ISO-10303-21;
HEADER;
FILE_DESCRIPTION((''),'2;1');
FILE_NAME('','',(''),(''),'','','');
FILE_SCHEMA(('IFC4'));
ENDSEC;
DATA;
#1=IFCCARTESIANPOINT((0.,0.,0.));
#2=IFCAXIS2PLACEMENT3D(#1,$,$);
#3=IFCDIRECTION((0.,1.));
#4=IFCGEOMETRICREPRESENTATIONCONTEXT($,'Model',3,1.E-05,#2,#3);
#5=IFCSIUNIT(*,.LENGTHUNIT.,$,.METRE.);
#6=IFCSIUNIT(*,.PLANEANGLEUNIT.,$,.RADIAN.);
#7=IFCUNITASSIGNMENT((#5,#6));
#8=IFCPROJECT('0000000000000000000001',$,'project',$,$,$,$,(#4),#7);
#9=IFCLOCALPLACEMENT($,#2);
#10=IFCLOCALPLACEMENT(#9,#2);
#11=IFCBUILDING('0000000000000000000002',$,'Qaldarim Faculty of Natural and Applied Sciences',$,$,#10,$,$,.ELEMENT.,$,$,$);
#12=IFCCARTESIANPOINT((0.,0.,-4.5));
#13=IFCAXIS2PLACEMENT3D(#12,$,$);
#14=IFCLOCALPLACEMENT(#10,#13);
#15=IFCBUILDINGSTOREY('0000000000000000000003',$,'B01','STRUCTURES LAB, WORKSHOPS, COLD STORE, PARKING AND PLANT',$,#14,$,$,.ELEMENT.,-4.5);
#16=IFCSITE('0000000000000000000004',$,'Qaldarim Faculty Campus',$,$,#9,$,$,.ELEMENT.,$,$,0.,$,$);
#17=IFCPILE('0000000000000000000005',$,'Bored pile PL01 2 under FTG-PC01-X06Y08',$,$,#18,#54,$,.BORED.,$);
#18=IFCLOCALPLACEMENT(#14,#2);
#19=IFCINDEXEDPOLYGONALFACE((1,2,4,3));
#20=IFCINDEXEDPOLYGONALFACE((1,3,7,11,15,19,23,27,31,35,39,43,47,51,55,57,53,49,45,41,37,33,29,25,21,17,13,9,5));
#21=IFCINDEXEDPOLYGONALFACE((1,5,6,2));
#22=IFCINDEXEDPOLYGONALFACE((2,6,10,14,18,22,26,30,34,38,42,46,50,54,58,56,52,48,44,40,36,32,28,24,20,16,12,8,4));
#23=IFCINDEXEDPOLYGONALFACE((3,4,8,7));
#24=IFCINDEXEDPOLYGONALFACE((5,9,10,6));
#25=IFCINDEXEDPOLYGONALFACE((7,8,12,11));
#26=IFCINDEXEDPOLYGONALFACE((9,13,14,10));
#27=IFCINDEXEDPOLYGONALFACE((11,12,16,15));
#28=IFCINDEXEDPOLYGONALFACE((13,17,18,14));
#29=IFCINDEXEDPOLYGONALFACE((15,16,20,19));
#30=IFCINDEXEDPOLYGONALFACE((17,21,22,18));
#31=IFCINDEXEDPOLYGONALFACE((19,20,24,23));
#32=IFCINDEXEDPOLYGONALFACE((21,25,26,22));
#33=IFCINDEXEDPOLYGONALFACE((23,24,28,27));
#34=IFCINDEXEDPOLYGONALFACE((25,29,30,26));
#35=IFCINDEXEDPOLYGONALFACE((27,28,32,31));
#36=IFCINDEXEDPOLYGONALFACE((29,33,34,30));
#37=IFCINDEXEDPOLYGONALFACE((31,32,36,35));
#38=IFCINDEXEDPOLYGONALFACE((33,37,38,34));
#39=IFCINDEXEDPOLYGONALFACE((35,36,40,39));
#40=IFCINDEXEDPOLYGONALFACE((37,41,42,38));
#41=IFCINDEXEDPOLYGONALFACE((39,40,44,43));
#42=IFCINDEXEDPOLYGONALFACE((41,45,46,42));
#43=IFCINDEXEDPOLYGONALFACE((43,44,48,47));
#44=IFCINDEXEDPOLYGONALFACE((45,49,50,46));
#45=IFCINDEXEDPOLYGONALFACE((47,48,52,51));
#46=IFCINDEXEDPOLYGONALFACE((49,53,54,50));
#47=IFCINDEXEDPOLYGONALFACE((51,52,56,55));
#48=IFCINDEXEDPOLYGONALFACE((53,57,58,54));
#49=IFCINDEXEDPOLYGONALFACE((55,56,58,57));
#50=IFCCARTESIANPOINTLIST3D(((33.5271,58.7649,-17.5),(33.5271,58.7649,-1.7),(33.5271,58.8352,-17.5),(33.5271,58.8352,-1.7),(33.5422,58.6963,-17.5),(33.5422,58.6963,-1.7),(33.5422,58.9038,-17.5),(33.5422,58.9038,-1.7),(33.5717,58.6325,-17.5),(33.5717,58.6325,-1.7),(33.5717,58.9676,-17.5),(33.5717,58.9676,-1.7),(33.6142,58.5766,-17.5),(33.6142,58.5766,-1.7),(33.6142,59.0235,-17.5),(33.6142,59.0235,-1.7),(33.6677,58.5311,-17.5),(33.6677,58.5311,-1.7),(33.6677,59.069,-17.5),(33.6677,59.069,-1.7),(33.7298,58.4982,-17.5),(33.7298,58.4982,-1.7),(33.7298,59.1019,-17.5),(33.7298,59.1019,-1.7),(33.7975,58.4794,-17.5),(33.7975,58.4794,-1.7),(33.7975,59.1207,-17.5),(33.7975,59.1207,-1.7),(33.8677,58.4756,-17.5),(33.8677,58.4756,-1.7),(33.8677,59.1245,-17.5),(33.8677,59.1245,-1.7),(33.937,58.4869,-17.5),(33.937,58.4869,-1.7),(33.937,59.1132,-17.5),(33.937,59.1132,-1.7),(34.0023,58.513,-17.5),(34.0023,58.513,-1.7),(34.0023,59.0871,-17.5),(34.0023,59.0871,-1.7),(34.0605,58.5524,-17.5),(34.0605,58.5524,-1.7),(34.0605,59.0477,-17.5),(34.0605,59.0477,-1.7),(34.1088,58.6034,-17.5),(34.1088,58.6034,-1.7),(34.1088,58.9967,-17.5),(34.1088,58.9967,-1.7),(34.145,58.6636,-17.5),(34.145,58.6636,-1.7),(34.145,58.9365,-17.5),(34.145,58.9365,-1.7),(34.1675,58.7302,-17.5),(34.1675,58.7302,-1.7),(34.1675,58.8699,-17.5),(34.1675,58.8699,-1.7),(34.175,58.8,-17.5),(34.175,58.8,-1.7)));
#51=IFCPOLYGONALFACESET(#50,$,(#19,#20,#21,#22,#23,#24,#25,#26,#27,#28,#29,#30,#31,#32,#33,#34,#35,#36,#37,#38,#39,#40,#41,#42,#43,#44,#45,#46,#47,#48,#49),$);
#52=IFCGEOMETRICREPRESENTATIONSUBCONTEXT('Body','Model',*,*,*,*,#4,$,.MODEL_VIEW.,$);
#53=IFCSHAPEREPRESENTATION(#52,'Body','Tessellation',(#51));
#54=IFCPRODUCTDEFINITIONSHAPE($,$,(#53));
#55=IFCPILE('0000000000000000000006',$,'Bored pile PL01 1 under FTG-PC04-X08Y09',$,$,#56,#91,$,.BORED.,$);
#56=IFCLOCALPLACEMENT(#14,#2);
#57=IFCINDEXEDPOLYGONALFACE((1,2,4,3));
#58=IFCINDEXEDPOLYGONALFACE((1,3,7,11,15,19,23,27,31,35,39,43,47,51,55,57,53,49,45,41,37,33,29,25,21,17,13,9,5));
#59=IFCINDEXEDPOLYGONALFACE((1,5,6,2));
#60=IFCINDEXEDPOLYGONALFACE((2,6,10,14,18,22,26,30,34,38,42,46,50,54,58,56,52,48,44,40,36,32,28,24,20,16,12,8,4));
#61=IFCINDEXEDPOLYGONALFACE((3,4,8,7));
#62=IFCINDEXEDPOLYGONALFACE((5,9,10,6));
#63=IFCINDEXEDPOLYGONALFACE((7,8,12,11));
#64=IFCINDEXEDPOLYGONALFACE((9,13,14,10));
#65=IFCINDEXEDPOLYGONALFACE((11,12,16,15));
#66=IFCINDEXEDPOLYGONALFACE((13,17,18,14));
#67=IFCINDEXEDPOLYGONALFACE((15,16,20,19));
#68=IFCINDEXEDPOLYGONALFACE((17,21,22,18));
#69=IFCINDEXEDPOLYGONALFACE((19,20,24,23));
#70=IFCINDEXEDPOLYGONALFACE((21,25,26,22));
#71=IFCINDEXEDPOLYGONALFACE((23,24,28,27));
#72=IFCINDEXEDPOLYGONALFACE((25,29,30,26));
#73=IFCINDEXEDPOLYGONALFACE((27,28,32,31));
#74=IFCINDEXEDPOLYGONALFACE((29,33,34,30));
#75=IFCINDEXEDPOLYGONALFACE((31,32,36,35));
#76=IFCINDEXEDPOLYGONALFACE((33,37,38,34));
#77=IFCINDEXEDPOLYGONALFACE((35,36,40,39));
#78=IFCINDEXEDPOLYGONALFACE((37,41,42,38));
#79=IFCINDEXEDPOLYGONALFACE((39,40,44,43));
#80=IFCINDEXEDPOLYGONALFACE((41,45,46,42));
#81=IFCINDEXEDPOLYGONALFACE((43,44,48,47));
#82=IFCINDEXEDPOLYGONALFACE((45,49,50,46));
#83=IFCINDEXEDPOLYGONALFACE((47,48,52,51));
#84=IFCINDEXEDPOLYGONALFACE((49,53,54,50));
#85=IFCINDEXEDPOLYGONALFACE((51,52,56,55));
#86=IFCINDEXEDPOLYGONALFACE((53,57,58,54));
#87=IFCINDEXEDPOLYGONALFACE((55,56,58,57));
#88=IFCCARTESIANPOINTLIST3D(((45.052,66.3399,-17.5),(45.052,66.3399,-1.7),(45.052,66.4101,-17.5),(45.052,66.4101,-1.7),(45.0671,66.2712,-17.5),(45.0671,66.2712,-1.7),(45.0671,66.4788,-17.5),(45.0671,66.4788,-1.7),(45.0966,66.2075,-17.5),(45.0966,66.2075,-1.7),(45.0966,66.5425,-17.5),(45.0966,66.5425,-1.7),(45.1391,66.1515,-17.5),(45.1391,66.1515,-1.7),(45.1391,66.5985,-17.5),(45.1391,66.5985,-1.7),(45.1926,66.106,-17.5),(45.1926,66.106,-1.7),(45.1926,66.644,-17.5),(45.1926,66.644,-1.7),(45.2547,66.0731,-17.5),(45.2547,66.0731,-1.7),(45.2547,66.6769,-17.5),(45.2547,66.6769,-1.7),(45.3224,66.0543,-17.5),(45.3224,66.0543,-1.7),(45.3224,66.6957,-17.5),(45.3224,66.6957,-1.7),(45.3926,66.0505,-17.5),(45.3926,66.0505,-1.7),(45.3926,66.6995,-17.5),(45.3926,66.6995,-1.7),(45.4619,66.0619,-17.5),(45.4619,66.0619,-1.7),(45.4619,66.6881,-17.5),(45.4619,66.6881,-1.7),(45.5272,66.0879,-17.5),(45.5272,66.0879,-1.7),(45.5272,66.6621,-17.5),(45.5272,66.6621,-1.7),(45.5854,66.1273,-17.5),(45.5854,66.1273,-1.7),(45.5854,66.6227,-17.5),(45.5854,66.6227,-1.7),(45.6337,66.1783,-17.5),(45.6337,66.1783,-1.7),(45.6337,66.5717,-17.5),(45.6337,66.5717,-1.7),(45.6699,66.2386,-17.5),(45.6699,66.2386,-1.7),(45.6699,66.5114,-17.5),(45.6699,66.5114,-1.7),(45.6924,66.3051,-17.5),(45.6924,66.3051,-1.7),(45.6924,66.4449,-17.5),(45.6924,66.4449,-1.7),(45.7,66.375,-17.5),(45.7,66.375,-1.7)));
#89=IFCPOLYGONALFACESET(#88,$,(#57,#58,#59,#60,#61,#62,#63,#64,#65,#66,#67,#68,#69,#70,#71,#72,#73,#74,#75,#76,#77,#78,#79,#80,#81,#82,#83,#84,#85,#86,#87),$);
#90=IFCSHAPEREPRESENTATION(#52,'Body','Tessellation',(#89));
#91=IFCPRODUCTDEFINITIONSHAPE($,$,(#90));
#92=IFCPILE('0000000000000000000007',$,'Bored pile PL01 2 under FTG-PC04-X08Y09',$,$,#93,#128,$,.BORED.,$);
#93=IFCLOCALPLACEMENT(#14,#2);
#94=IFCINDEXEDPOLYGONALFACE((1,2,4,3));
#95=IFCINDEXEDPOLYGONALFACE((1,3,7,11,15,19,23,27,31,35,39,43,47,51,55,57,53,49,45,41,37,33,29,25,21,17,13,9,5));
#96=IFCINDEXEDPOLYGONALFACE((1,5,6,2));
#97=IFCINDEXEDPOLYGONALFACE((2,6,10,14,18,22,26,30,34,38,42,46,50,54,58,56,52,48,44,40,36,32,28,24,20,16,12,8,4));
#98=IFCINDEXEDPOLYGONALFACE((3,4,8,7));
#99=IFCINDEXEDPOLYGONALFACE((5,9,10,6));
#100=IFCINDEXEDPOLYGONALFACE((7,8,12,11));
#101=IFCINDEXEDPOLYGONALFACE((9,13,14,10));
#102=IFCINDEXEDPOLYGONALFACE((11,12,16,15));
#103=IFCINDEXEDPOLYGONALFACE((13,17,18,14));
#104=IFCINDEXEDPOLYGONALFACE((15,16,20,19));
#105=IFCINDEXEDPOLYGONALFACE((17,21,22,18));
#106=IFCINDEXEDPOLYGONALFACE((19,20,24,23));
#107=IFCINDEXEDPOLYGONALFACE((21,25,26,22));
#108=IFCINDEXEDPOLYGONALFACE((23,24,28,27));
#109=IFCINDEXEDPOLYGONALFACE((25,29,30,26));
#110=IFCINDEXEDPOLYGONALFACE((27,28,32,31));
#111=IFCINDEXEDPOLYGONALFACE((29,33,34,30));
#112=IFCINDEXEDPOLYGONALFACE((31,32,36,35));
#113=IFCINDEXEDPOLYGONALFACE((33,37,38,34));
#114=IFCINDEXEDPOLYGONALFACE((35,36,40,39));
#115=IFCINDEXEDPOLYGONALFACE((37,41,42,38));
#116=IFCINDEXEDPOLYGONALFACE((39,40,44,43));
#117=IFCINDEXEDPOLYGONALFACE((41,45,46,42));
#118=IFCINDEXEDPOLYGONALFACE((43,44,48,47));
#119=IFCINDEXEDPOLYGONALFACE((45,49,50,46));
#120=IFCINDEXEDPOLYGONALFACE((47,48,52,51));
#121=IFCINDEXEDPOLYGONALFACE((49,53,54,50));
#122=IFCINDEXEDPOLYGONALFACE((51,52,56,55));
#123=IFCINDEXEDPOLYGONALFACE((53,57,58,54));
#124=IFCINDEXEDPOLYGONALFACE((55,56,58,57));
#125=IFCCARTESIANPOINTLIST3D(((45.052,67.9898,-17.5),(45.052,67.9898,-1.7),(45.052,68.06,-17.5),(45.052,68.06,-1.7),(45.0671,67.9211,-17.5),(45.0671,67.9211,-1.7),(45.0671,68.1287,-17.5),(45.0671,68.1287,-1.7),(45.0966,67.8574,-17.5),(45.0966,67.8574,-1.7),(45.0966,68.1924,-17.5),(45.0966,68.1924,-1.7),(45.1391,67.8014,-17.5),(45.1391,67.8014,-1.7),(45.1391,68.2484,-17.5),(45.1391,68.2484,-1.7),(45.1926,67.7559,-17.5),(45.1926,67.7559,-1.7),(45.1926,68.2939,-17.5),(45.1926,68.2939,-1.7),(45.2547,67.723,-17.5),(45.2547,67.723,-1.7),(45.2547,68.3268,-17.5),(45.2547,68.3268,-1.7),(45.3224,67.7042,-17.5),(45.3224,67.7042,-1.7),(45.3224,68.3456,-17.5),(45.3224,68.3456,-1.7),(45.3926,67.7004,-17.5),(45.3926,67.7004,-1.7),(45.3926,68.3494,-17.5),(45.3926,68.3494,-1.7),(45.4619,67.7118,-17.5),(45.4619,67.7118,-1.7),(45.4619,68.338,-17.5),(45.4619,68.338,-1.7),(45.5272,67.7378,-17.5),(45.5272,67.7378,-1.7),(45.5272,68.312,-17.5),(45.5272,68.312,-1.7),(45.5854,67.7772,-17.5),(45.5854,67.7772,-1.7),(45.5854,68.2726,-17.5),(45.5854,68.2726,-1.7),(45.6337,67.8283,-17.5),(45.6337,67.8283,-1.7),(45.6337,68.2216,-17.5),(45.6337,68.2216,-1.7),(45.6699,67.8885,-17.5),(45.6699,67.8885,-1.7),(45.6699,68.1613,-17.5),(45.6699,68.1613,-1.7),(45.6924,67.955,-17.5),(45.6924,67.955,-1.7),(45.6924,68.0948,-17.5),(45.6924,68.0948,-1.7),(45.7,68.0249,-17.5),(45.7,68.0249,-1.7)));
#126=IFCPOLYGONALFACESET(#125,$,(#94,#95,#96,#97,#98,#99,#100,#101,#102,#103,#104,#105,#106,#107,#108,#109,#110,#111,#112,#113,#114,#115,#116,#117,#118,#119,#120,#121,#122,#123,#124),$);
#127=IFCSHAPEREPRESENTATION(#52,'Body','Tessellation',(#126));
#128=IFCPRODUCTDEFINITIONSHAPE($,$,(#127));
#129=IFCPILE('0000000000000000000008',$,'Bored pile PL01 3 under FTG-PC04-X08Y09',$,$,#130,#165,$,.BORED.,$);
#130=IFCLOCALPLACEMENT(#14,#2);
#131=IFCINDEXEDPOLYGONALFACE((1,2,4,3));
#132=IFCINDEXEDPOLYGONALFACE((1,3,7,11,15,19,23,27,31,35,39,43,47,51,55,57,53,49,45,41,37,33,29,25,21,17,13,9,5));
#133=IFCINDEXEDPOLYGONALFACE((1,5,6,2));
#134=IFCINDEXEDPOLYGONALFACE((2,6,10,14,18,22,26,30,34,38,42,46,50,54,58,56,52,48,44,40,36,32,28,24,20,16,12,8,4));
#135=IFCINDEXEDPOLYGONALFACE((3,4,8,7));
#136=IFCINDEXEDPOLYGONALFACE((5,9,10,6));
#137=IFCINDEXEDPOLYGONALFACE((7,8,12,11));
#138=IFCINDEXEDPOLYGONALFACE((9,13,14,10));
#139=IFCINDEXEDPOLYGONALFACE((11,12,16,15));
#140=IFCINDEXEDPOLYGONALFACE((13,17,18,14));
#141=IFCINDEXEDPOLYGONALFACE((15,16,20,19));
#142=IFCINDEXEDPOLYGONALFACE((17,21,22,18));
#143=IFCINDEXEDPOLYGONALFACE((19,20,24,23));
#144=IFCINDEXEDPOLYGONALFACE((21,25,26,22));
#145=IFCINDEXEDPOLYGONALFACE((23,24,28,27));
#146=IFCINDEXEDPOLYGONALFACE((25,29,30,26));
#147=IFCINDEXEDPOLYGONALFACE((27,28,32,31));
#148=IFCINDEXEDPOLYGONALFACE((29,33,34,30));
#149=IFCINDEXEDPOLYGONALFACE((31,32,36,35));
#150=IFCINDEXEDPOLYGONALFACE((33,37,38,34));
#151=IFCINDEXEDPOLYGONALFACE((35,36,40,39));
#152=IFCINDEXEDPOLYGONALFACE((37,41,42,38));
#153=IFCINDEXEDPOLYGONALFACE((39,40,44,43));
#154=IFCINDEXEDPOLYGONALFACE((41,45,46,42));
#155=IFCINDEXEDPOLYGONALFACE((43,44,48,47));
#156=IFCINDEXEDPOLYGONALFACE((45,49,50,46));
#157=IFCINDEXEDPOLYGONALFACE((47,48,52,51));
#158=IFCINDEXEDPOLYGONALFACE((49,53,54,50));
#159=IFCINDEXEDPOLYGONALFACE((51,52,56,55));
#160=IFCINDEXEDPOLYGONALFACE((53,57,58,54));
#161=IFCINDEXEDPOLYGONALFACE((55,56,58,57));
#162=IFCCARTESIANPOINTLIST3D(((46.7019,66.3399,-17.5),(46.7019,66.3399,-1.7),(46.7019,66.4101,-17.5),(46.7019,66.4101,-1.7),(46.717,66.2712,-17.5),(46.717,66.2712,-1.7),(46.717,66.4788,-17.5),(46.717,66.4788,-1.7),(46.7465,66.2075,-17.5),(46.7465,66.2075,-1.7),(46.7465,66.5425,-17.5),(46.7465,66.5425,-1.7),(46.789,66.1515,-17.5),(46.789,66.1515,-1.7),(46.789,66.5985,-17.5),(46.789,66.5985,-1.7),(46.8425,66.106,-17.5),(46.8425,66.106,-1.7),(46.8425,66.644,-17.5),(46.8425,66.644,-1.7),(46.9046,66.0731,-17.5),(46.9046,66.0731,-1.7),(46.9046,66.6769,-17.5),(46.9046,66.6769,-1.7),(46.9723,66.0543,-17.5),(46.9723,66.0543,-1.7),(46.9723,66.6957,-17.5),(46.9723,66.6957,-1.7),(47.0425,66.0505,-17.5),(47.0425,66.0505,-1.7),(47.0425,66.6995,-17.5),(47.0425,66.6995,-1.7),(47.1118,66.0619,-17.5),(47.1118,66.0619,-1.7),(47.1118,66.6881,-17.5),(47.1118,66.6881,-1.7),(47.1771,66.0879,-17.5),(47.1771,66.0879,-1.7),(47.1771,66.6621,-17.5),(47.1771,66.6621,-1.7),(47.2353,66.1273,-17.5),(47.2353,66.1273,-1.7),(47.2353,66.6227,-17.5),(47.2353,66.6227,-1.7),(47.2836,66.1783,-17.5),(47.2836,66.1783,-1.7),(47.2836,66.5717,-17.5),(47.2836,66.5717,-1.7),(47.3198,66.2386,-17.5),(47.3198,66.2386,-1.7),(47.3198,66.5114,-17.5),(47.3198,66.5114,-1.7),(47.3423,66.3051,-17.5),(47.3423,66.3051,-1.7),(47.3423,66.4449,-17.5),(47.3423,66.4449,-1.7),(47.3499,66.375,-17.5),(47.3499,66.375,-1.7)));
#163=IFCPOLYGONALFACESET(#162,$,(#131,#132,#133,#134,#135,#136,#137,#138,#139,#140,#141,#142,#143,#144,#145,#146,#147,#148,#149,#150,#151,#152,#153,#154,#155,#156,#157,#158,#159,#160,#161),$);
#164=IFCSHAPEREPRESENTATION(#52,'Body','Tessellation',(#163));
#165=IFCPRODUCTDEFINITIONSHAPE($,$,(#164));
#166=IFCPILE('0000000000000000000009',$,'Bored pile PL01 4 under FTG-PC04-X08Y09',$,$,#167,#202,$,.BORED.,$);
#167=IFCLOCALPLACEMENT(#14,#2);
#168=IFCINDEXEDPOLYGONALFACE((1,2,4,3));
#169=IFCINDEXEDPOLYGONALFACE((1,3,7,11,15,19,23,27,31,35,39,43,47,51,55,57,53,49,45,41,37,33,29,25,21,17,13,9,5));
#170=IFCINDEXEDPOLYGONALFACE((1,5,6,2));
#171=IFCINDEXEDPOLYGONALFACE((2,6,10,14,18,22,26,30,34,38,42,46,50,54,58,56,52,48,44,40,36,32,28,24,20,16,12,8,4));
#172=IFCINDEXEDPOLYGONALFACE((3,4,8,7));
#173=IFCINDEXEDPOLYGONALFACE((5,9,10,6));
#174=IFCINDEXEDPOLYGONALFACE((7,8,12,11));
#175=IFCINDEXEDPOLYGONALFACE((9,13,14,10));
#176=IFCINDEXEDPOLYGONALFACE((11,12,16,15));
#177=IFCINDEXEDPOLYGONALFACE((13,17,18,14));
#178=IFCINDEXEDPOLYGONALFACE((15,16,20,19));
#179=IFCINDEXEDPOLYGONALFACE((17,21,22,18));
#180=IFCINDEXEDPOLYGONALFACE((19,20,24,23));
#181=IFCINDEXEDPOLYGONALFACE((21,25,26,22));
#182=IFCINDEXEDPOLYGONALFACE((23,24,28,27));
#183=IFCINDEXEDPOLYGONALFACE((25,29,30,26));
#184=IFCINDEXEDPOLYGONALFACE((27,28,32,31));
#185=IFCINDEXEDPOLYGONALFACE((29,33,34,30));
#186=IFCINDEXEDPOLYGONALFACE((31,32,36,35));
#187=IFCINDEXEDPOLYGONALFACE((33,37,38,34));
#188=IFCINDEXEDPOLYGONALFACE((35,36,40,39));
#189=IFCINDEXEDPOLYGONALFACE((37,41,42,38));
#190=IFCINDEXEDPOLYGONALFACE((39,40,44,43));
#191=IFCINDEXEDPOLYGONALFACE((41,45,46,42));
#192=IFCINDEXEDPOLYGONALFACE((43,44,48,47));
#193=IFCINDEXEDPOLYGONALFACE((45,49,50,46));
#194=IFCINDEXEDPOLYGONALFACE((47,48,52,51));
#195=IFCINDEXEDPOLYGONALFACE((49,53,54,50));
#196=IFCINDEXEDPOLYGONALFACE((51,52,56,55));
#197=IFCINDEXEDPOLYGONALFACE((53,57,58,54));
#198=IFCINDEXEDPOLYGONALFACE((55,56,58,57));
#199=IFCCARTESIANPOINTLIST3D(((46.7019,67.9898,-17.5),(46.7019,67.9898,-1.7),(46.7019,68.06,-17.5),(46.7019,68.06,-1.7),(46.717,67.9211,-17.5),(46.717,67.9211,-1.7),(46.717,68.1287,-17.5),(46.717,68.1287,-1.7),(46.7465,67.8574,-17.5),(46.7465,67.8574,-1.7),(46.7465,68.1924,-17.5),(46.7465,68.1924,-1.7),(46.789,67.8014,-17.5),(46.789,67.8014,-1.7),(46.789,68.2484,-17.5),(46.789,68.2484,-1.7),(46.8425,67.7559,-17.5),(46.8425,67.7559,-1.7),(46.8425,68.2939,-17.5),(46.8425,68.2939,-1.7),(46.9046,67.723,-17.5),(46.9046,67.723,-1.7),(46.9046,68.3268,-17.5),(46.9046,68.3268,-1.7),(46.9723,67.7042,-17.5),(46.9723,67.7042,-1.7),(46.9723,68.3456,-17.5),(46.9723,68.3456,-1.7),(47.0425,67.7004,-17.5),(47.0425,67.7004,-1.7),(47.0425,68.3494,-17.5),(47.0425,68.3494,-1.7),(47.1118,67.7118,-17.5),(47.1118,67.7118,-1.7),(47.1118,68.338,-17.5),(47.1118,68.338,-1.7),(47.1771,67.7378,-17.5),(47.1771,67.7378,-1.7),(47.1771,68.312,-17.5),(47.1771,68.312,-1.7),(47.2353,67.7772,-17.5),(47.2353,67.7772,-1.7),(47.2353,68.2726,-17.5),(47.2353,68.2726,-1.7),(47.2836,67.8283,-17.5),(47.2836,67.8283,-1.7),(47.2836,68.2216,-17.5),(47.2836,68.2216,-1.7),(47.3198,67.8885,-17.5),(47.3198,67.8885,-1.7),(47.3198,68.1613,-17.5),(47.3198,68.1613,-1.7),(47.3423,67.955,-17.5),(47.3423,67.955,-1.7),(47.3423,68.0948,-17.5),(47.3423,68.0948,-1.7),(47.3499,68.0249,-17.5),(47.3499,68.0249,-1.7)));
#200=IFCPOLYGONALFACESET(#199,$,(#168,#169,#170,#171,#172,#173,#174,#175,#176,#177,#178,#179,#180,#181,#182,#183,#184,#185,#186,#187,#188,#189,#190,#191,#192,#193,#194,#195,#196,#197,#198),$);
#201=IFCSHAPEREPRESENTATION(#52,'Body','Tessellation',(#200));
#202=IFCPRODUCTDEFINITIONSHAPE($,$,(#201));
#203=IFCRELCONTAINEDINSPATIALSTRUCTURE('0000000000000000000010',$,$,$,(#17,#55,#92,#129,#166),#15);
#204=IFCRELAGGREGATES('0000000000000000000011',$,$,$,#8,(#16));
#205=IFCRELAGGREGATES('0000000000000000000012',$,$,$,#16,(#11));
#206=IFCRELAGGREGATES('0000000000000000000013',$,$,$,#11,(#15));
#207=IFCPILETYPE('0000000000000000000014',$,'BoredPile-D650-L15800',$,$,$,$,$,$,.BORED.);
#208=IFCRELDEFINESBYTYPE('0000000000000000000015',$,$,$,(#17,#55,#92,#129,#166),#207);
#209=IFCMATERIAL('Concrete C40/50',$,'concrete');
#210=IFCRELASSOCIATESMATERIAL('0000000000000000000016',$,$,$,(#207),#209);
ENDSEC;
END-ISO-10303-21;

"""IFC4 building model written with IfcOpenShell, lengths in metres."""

from ifc_helpers import new_model, si_unit, direction, frame, origin, origin_2d, place, context, subcontext, project, spatial, circle, extrude, material, material_profile, profile_set, type_object, element, save


model = new_model("IFC4")

# Units and contexts
model_context = context("Model", 3, precision=1e-05, world=origin(), true_north=direction((0.0, 1.0)))
body_context = subcontext(model_context, "Body", "Model", "MODEL_VIEW")
ifc_project = project(units=[si_unit("LENGTHUNIT", "METRE"), si_unit("PLANEANGLEUNIT", "RADIAN")], contexts=[model_context])

# Site, building, storey
site_placement = place(None, origin())
site = spatial("IfcSite", under=ifc_project, at=site_placement, Name="Qaldarim Faculty Campus", CompositionType="ELEMENT", RefElevation=0.0)
building_placement = place(site_placement, origin())
building = spatial("IfcBuilding", under=site, at=building_placement, Name="Qaldarim Faculty of Natural and Applied Sciences", CompositionType="ELEMENT")
storey_placement = place(building_placement, frame((0.0, 0.0, -4.5)))
storey = spatial("IfcBuildingStorey", under=building, at=storey_placement, Name="B01", Description="STRUCTURES LAB, WORKSHOPS, COLD STORE, PARKING AND PLANT", CompositionType="ELEMENT", Elevation=-4.5)

# Piles
ifc_material_1 = material(Name="Concrete C40/50", Category="concrete")
ifc_material_profile_1 = material_profile(ifc_material_1, circle(Radius=0.325, at=origin_2d()), Name="PILE-D650")
ifc_profile_set_1 = profile_set([ifc_material_profile_1], Name="Concrete C40/50")
pile_type_1 = type_object("IfcPileType", Name="BoredPile-D650-L15800", PredefinedType="BORED", material=ifc_profile_set_1)
for number, where, z_axis, x_axis, name in (
    (1, (33.8501, 58.8, -1.7), (0.0, 0.0, -1.0), (1.0, 0.0, 0.0), "Bored pile PL01 2 under FTG-PC01-X06Y08"),
    (2, (45.375, 66.375, -1.7), (0.0, 0.0, -1.0), (1.0, 0.0, 0.0), "Bored pile PL01 1 under FTG-PC04-X08Y09"),
    (3, (45.375, 68.0249, -1.7), (0.0, 0.0, -1.0), (1.0, 0.0, 0.0), "Bored pile PL01 2 under FTG-PC04-X08Y09"),
    (4, (47.0249, 66.375, -1.7), (0.0, 0.0, -1.0), (1.0, 0.0, 0.0), "Bored pile PL01 3 under FTG-PC04-X08Y09"),
    (5, (47.0249, 68.0249, -1.7), (0.0, 0.0, -1.0), (1.0, 0.0, 0.0), "Bored pile PL01 4 under FTG-PC04-X08Y09"),
):
    element("IfcPile", number, at=place(storey_placement, frame(where, z_axis=z_axis, x_axis=x_axis)), inside=storey, type_object=pile_type_1, Name=name, PredefinedType="BORED", context=body_context, shape_type="SweptSolid", body=[
        extrude(circle(Radius=0.325, at=origin_2d()), origin(), (0.0, 0.0, 1.0), 15.8),
    ])

save(model, "model.ifc")
